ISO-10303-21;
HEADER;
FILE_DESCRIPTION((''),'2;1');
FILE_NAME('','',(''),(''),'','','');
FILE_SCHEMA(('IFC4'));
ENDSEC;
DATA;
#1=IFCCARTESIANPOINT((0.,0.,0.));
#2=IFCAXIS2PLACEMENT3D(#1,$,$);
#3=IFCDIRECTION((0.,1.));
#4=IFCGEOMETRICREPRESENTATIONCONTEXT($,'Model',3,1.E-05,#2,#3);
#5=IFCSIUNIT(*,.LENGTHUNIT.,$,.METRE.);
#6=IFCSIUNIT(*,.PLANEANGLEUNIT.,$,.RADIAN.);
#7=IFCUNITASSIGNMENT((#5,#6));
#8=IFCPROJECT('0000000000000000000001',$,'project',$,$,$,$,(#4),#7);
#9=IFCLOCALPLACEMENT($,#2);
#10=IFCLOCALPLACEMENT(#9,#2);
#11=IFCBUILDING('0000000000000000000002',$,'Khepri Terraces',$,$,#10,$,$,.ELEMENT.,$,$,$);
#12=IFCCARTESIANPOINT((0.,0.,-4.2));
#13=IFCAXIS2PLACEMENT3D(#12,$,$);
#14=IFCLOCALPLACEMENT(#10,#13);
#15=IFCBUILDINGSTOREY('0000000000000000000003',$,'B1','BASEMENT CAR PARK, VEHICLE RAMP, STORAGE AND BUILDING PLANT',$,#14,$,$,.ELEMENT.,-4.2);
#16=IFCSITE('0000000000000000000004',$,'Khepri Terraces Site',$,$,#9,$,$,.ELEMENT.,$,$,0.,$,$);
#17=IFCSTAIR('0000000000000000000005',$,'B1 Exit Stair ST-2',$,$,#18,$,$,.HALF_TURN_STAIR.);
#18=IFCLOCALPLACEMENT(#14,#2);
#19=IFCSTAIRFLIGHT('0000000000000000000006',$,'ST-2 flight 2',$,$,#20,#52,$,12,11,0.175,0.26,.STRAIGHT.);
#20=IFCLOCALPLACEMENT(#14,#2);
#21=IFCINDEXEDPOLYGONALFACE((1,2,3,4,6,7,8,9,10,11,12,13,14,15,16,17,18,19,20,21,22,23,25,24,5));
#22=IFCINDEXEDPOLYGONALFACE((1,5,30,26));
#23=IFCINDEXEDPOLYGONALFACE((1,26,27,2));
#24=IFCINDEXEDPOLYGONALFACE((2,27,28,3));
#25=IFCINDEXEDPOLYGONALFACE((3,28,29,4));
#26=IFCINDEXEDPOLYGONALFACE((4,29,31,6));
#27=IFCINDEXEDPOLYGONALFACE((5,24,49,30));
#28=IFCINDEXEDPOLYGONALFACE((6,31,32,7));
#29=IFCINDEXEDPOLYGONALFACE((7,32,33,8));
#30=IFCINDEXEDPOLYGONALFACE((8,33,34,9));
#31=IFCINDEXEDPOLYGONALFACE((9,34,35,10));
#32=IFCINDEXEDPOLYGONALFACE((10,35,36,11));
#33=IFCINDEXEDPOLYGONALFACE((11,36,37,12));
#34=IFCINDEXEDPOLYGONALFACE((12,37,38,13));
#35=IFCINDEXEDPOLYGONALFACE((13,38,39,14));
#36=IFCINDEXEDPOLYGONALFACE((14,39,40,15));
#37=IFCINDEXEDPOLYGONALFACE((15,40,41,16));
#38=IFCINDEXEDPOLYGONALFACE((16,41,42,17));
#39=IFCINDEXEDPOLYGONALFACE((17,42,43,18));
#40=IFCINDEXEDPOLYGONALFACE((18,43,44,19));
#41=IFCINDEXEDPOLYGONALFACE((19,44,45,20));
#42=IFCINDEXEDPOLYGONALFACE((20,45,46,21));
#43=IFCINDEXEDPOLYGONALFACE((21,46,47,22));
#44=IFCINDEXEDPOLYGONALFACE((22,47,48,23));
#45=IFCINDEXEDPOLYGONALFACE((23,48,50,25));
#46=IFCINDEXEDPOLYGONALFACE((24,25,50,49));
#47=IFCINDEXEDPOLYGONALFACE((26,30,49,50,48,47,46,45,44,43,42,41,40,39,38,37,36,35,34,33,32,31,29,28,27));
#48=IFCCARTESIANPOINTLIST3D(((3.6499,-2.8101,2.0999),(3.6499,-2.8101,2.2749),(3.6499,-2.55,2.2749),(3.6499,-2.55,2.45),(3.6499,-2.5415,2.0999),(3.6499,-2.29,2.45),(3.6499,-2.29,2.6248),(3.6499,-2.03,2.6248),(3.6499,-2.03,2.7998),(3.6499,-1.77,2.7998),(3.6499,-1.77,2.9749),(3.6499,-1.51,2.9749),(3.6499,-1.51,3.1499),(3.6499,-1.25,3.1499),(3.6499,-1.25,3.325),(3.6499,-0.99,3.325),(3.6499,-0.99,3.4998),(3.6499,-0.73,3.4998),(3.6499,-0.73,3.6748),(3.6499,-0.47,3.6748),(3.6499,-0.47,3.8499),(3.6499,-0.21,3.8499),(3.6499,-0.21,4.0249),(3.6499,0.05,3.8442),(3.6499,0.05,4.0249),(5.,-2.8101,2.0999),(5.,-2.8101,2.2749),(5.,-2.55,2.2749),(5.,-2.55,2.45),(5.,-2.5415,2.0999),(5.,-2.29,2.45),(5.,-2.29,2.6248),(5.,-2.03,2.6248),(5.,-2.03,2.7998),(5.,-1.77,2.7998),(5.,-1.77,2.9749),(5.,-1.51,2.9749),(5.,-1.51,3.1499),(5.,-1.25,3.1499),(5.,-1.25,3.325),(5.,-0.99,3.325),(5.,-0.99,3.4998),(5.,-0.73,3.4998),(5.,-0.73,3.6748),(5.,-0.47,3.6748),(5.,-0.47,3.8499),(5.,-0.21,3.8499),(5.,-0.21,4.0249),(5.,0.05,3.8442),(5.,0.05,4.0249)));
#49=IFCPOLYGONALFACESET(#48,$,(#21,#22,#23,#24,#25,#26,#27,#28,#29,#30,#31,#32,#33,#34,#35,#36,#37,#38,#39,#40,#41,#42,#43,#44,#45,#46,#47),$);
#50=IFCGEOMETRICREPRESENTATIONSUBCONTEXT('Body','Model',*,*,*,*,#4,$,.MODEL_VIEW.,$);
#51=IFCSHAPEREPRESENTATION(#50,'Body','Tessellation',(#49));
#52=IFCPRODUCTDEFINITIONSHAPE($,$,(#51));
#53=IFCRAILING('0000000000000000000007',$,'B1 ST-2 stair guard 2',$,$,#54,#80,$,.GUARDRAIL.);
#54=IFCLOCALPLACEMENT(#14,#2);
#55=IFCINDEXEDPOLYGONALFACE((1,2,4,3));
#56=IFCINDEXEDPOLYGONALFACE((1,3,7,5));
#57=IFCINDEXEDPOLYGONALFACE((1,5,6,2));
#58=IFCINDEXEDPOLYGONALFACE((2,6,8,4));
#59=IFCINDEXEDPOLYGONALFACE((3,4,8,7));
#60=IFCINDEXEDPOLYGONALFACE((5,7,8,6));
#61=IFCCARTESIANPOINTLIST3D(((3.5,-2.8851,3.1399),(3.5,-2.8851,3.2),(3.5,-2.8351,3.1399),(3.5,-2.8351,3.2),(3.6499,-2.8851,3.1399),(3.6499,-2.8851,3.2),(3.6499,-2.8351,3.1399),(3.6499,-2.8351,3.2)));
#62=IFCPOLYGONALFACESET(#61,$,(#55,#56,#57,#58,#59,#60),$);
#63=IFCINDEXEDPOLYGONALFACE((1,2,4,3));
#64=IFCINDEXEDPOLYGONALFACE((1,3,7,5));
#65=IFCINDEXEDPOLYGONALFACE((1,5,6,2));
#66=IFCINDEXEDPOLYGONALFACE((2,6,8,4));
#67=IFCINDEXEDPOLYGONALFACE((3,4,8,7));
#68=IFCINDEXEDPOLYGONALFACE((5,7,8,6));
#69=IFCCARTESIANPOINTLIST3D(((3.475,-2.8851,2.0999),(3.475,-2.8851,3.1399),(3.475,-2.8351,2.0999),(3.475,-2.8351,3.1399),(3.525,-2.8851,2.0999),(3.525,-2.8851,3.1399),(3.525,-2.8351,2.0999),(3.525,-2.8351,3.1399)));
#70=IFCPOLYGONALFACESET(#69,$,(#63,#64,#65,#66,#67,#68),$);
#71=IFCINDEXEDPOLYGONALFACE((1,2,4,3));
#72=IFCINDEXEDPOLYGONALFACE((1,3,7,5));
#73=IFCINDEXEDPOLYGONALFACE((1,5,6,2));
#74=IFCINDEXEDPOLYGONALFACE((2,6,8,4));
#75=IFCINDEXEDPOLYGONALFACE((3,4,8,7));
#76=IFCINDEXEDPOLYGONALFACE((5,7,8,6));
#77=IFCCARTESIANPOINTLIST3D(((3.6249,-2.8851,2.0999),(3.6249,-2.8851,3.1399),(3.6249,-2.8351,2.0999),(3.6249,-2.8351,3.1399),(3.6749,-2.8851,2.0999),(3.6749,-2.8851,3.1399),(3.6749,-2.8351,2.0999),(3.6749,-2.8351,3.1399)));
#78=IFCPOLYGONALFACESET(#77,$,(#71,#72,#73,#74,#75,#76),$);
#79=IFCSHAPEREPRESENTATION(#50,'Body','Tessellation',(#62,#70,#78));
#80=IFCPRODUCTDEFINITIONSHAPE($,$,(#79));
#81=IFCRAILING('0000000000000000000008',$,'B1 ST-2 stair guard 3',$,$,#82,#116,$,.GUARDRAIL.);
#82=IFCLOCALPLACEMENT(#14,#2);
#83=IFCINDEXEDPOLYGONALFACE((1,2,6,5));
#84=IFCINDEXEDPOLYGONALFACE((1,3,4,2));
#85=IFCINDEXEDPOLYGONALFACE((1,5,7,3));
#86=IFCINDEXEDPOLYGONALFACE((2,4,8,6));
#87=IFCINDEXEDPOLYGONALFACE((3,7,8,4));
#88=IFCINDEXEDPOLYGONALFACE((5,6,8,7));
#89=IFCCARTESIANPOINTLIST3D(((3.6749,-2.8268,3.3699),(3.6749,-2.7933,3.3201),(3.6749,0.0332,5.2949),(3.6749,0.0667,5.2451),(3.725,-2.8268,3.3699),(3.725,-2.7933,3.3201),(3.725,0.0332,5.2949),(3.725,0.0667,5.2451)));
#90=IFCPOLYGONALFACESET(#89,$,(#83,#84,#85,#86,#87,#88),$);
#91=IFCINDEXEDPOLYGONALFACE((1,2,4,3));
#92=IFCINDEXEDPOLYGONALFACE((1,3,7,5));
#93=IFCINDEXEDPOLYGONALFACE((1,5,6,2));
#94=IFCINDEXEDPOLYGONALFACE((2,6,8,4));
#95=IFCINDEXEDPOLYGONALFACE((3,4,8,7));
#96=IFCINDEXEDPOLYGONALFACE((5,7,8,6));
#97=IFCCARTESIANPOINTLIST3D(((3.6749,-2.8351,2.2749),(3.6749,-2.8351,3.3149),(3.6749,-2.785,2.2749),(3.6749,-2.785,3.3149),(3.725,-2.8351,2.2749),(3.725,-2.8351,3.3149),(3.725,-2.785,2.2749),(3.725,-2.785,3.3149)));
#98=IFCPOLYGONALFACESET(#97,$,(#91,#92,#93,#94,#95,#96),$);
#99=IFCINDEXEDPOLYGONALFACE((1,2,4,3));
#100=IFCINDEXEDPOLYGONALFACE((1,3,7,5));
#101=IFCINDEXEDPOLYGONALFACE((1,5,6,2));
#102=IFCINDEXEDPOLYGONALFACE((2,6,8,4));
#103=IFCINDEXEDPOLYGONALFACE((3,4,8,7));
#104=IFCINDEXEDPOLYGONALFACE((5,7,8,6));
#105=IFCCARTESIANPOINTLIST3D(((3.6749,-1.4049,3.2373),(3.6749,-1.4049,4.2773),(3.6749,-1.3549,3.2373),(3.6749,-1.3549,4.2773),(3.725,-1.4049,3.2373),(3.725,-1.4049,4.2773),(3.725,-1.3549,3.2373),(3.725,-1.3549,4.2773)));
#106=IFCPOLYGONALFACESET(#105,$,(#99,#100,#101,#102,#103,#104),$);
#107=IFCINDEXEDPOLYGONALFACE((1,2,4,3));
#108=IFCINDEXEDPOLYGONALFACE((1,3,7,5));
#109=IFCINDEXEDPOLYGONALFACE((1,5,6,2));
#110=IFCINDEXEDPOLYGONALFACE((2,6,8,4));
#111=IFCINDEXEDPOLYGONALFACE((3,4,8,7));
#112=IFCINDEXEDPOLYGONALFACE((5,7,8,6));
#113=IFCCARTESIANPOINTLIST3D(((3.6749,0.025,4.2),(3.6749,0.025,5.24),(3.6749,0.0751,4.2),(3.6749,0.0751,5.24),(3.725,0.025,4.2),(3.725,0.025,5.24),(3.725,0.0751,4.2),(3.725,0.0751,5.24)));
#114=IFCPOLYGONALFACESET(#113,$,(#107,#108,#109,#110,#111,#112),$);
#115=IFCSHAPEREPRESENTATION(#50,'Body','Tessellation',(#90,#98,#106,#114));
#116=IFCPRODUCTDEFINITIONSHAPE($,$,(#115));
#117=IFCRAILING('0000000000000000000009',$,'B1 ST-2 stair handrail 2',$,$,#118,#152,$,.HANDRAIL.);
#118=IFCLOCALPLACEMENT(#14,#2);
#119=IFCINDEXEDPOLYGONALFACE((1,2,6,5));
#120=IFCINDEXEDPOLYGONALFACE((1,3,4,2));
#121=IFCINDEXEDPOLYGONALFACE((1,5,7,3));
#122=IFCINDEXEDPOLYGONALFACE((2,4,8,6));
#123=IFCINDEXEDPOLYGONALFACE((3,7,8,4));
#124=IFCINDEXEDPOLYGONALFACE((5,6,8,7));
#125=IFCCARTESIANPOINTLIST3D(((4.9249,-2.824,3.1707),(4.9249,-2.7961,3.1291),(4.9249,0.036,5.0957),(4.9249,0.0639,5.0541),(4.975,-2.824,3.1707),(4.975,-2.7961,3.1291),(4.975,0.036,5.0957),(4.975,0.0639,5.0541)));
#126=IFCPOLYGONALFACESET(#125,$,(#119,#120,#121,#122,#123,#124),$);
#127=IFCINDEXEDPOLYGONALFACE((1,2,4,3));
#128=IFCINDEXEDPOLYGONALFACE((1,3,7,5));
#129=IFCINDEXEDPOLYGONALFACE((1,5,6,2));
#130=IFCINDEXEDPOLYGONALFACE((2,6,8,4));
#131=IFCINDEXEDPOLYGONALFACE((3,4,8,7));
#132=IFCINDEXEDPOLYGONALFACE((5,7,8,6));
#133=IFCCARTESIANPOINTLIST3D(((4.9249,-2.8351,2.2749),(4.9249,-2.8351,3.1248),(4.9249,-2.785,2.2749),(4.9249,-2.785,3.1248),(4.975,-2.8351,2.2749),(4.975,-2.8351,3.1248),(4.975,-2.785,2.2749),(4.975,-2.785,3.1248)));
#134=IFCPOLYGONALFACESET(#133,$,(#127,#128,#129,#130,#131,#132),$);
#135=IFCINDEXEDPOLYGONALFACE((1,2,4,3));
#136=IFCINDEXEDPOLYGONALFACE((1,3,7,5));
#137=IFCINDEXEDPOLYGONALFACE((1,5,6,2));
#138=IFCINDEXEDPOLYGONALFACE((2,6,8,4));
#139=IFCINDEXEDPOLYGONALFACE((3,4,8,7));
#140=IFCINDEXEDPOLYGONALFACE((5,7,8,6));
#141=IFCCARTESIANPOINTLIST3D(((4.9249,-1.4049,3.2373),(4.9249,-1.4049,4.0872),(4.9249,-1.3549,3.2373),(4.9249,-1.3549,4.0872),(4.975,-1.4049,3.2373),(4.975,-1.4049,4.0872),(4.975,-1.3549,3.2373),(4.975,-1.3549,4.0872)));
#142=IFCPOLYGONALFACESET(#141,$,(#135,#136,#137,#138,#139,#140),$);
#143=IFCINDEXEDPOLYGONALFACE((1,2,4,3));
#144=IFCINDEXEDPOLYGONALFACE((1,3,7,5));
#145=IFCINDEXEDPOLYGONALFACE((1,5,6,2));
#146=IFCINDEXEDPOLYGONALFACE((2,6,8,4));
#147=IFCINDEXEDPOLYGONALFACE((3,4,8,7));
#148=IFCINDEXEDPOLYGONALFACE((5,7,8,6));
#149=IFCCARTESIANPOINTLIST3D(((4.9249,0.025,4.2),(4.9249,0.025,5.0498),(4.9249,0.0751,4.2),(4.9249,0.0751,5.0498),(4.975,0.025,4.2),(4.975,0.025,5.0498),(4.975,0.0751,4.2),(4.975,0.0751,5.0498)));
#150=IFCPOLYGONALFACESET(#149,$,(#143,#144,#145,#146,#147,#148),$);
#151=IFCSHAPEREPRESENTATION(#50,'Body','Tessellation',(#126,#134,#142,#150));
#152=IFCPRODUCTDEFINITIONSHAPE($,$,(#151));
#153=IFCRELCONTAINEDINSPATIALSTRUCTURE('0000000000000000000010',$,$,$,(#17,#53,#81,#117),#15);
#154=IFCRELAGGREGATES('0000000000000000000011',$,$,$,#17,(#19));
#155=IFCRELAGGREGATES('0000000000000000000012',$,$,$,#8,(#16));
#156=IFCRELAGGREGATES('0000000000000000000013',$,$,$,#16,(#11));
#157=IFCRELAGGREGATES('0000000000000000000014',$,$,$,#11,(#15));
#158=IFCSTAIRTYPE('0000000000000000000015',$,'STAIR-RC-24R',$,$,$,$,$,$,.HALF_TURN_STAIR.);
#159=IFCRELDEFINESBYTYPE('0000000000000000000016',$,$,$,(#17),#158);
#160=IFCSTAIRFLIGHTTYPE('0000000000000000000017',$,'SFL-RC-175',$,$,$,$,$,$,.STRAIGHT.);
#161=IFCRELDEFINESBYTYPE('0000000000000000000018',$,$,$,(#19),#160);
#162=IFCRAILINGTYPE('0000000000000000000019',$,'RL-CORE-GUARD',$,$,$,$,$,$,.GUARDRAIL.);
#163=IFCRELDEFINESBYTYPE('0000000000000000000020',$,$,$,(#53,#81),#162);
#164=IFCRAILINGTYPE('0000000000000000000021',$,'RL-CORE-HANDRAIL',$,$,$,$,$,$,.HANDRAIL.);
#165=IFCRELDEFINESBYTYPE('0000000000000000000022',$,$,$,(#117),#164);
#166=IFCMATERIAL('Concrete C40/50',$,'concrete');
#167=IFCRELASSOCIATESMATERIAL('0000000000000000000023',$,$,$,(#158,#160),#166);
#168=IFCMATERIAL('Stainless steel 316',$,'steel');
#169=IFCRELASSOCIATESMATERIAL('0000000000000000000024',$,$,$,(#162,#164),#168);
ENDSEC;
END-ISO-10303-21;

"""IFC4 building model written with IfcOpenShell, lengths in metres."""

from ifc_helpers import new_model, si_unit, direction, frame, origin, origin_2d, place, context, subcontext, project, spatial, polyline, rectangle, outline, extrude, material, type_object, element, aggregate, save


model = new_model("IFC4")

# Units and contexts
model_context = context("Model", 3, precision=1e-05, world=origin(), true_north=direction((0.0, 1.0)))
body_context = subcontext(model_context, "Body", "Model", "MODEL_VIEW")
ifc_project = project(units=[si_unit("LENGTHUNIT", "METRE"), si_unit("PLANEANGLEUNIT", "RADIAN")], contexts=[model_context])

# Site, building, storey
site_placement = place(None, origin())
site = spatial("IfcSite", under=ifc_project, at=site_placement, Name="Khepri Terraces Site", CompositionType="ELEMENT", RefElevation=0.0)
building_placement = place(site_placement, origin())
building = spatial("IfcBuilding", under=site, at=building_placement, Name="Khepri Terraces", CompositionType="ELEMENT")
storey_placement = place(building_placement, frame((0.0, 0.0, -4.2)))
storey = spatial("IfcBuildingStorey", under=building, at=storey_placement, Name="B1", Description="BASEMENT CAR PARK, VEHICLE RAMP, STORAGE AND BUILDING PLANT", CompositionType="ELEMENT", Elevation=-4.2)

# Shared definitions
ifc_material_1 = material(Name="Concrete C40/50", Category="concrete")

# Stair
stair_type_1 = type_object("IfcStairType", Name="STAIR-RC-24R", PredefinedType="HALF_TURN_STAIR", material=ifc_material_1)
stair_1_placement = place(storey_placement, origin())
stair_1 = element("IfcStair", 1, at=stair_1_placement, inside=storey, type_object=stair_type_1, Name="B1 Exit Stair ST-2", PredefinedType="HALF_TURN_STAIR")

# Stair flight
stair_flight_type = type_object("IfcStairFlightType", Name="SFL-RC-175", PredefinedType="STRAIGHT", material=ifc_material_1)
stair_flight_placement = place(storey_placement, frame((4.325, -2.8101, 2.0999), z_axis=(0.0, 0.0, 1.0), x_axis=(0.0, 1.0, 0.0)))
stair_flight = element("IfcStairFlight", 2, at=stair_flight_placement, type_object=stair_flight_type, Name="ST-2 flight 2", NumberOfRisers=12, NumberOfTreads=11, PredefinedType="STRAIGHT", RiserHeight=0.175, TreadLength=0.26, context=body_context, shape_type="SweptSolid", body=[
    extrude(outline(polyline([(0.0, 0.0), (0.0, 0.175), (0.26, 0.175), (0.26, 0.3501), (0.52, 0.3501), (0.52, 0.5249), (0.78, 0.5249), (0.78, 0.7), (1.04, 0.7), (1.04, 0.875), (1.3, 0.875), (1.3, 1.05), (1.5601, 1.05), (1.5601, 1.2251), (1.8201, 1.2251), (1.8201, 1.3999), (2.0801, 1.3999), (2.0801, 1.575), (2.3401, 1.575), (2.3401, 1.75), (2.6001, 1.75), (2.6001, 1.925), (2.8601, 1.925), (2.8601, 2.1001), (2.8601, 1.7444), (0.2686, 0.0), (0.0, 0.0)])), frame((0.0, 0.675, 0.0), z_axis=(0.0, -1.0, 0.0), x_axis=(1.0, 0.0, 0.0)), (0.0, 0.0, 1.0), 1.3501),
])
aggregate(stair_1, [stair_flight])

# Railings
ifc_material_2 = material(Name="Stainless steel 316", Category="steel")
railing_type_1 = type_object("IfcRailingType", Name="RL-CORE-GUARD", PredefinedType="GUARDRAIL", material=ifc_material_2)
railing_1_placement = place(storey_placement, frame((3.5, -2.8601, 2.0999)))
element("IfcRailing", 3, at=railing_1_placement, inside=storey, type_object=railing_type_1, Name="B1 ST-2 stair guard 2", PredefinedType="GUARDRAIL", context=body_context, shape_type="SweptSolid", body=[
    extrude(rectangle(XDim=0.05, YDim=0.0601, at=origin_2d()), frame((0.0, 0.0, 1.0701), z_axis=(1.0, 0.0, 0.0), x_axis=(0.0, 1.0, 0.0)), (0.0, 0.0, 1.0), 0.1499),
    extrude(rectangle(XDim=0.05, YDim=0.05, at=origin_2d()), origin(), (0.0, 0.0, 1.0), 1.04),
    extrude(rectangle(XDim=0.05, YDim=0.05, at=origin_2d()), frame((0.1499, 0.0, 0.0)), (0.0, 0.0, 1.0), 1.04),
])
railing_2_placement = place(storey_placement, frame((3.7, -2.8101, 2.2749)))
element("IfcRailing", 4, at=railing_2_placement, inside=storey, type_object=railing_type_1, Name="B1 ST-2 stair guard 3", PredefinedType="GUARDRAIL", context=body_context, shape_type="SweptSolid", body=[
    extrude(rectangle(XDim=0.05, YDim=0.0601, at=origin_2d()), frame((0.0, 0.0, 1.0701), z_axis=(0.0, 0.829591, 0.558372), x_axis=(-1.0, 0.0, 0.0)), (0.0, 0.0, 1.0), 3.4475),
    extrude(rectangle(XDim=0.05, YDim=0.05, at=origin_2d()), origin(), (0.0, 0.0, 1.0), 1.04),
    extrude(rectangle(XDim=0.05, YDim=0.05, at=origin_2d()), frame((0.0, 1.4302, 0.9624)), (0.0, 0.0, 1.0), 1.04),
    extrude(rectangle(XDim=0.05, YDim=0.05, at=origin_2d()), frame((0.0, 2.8601, 1.925)), (0.0, 0.0, 1.0), 1.04),
])
railing_type_2 = type_object("IfcRailingType", Name="RL-CORE-HANDRAIL", PredefinedType="HANDRAIL", material=ifc_material_2)
railing_3_placement = place(storey_placement, frame((4.95, -2.8101, 2.2749)))
element("IfcRailing", 5, at=railing_3_placement, inside=storey, type_object=railing_type_2, Name="B1 ST-2 stair handrail 2", PredefinedType="HANDRAIL", context=body_context, shape_type="SweptSolid", body=[
    extrude(rectangle(XDim=0.05, YDim=0.05, at=origin_2d()), frame((0.0, 0.0, 0.875), z_axis=(0.0, 0.829591, 0.558372), x_axis=(-1.0, 0.0, 0.0)), (0.0, 0.0, 1.0), 3.4475),
    extrude(rectangle(XDim=0.05, YDim=0.05, at=origin_2d()), origin(), (0.0, 0.0, 1.0), 0.8499),
    extrude(rectangle(XDim=0.05, YDim=0.05, at=origin_2d()), frame((0.0, 1.4302, 0.9624)), (0.0, 0.0, 1.0), 0.8499),
    extrude(rectangle(XDim=0.05, YDim=0.05, at=origin_2d()), frame((0.0, 2.8601, 1.925)), (0.0, 0.0, 1.0), 0.8499),
])

save(model, "model.ifc")
